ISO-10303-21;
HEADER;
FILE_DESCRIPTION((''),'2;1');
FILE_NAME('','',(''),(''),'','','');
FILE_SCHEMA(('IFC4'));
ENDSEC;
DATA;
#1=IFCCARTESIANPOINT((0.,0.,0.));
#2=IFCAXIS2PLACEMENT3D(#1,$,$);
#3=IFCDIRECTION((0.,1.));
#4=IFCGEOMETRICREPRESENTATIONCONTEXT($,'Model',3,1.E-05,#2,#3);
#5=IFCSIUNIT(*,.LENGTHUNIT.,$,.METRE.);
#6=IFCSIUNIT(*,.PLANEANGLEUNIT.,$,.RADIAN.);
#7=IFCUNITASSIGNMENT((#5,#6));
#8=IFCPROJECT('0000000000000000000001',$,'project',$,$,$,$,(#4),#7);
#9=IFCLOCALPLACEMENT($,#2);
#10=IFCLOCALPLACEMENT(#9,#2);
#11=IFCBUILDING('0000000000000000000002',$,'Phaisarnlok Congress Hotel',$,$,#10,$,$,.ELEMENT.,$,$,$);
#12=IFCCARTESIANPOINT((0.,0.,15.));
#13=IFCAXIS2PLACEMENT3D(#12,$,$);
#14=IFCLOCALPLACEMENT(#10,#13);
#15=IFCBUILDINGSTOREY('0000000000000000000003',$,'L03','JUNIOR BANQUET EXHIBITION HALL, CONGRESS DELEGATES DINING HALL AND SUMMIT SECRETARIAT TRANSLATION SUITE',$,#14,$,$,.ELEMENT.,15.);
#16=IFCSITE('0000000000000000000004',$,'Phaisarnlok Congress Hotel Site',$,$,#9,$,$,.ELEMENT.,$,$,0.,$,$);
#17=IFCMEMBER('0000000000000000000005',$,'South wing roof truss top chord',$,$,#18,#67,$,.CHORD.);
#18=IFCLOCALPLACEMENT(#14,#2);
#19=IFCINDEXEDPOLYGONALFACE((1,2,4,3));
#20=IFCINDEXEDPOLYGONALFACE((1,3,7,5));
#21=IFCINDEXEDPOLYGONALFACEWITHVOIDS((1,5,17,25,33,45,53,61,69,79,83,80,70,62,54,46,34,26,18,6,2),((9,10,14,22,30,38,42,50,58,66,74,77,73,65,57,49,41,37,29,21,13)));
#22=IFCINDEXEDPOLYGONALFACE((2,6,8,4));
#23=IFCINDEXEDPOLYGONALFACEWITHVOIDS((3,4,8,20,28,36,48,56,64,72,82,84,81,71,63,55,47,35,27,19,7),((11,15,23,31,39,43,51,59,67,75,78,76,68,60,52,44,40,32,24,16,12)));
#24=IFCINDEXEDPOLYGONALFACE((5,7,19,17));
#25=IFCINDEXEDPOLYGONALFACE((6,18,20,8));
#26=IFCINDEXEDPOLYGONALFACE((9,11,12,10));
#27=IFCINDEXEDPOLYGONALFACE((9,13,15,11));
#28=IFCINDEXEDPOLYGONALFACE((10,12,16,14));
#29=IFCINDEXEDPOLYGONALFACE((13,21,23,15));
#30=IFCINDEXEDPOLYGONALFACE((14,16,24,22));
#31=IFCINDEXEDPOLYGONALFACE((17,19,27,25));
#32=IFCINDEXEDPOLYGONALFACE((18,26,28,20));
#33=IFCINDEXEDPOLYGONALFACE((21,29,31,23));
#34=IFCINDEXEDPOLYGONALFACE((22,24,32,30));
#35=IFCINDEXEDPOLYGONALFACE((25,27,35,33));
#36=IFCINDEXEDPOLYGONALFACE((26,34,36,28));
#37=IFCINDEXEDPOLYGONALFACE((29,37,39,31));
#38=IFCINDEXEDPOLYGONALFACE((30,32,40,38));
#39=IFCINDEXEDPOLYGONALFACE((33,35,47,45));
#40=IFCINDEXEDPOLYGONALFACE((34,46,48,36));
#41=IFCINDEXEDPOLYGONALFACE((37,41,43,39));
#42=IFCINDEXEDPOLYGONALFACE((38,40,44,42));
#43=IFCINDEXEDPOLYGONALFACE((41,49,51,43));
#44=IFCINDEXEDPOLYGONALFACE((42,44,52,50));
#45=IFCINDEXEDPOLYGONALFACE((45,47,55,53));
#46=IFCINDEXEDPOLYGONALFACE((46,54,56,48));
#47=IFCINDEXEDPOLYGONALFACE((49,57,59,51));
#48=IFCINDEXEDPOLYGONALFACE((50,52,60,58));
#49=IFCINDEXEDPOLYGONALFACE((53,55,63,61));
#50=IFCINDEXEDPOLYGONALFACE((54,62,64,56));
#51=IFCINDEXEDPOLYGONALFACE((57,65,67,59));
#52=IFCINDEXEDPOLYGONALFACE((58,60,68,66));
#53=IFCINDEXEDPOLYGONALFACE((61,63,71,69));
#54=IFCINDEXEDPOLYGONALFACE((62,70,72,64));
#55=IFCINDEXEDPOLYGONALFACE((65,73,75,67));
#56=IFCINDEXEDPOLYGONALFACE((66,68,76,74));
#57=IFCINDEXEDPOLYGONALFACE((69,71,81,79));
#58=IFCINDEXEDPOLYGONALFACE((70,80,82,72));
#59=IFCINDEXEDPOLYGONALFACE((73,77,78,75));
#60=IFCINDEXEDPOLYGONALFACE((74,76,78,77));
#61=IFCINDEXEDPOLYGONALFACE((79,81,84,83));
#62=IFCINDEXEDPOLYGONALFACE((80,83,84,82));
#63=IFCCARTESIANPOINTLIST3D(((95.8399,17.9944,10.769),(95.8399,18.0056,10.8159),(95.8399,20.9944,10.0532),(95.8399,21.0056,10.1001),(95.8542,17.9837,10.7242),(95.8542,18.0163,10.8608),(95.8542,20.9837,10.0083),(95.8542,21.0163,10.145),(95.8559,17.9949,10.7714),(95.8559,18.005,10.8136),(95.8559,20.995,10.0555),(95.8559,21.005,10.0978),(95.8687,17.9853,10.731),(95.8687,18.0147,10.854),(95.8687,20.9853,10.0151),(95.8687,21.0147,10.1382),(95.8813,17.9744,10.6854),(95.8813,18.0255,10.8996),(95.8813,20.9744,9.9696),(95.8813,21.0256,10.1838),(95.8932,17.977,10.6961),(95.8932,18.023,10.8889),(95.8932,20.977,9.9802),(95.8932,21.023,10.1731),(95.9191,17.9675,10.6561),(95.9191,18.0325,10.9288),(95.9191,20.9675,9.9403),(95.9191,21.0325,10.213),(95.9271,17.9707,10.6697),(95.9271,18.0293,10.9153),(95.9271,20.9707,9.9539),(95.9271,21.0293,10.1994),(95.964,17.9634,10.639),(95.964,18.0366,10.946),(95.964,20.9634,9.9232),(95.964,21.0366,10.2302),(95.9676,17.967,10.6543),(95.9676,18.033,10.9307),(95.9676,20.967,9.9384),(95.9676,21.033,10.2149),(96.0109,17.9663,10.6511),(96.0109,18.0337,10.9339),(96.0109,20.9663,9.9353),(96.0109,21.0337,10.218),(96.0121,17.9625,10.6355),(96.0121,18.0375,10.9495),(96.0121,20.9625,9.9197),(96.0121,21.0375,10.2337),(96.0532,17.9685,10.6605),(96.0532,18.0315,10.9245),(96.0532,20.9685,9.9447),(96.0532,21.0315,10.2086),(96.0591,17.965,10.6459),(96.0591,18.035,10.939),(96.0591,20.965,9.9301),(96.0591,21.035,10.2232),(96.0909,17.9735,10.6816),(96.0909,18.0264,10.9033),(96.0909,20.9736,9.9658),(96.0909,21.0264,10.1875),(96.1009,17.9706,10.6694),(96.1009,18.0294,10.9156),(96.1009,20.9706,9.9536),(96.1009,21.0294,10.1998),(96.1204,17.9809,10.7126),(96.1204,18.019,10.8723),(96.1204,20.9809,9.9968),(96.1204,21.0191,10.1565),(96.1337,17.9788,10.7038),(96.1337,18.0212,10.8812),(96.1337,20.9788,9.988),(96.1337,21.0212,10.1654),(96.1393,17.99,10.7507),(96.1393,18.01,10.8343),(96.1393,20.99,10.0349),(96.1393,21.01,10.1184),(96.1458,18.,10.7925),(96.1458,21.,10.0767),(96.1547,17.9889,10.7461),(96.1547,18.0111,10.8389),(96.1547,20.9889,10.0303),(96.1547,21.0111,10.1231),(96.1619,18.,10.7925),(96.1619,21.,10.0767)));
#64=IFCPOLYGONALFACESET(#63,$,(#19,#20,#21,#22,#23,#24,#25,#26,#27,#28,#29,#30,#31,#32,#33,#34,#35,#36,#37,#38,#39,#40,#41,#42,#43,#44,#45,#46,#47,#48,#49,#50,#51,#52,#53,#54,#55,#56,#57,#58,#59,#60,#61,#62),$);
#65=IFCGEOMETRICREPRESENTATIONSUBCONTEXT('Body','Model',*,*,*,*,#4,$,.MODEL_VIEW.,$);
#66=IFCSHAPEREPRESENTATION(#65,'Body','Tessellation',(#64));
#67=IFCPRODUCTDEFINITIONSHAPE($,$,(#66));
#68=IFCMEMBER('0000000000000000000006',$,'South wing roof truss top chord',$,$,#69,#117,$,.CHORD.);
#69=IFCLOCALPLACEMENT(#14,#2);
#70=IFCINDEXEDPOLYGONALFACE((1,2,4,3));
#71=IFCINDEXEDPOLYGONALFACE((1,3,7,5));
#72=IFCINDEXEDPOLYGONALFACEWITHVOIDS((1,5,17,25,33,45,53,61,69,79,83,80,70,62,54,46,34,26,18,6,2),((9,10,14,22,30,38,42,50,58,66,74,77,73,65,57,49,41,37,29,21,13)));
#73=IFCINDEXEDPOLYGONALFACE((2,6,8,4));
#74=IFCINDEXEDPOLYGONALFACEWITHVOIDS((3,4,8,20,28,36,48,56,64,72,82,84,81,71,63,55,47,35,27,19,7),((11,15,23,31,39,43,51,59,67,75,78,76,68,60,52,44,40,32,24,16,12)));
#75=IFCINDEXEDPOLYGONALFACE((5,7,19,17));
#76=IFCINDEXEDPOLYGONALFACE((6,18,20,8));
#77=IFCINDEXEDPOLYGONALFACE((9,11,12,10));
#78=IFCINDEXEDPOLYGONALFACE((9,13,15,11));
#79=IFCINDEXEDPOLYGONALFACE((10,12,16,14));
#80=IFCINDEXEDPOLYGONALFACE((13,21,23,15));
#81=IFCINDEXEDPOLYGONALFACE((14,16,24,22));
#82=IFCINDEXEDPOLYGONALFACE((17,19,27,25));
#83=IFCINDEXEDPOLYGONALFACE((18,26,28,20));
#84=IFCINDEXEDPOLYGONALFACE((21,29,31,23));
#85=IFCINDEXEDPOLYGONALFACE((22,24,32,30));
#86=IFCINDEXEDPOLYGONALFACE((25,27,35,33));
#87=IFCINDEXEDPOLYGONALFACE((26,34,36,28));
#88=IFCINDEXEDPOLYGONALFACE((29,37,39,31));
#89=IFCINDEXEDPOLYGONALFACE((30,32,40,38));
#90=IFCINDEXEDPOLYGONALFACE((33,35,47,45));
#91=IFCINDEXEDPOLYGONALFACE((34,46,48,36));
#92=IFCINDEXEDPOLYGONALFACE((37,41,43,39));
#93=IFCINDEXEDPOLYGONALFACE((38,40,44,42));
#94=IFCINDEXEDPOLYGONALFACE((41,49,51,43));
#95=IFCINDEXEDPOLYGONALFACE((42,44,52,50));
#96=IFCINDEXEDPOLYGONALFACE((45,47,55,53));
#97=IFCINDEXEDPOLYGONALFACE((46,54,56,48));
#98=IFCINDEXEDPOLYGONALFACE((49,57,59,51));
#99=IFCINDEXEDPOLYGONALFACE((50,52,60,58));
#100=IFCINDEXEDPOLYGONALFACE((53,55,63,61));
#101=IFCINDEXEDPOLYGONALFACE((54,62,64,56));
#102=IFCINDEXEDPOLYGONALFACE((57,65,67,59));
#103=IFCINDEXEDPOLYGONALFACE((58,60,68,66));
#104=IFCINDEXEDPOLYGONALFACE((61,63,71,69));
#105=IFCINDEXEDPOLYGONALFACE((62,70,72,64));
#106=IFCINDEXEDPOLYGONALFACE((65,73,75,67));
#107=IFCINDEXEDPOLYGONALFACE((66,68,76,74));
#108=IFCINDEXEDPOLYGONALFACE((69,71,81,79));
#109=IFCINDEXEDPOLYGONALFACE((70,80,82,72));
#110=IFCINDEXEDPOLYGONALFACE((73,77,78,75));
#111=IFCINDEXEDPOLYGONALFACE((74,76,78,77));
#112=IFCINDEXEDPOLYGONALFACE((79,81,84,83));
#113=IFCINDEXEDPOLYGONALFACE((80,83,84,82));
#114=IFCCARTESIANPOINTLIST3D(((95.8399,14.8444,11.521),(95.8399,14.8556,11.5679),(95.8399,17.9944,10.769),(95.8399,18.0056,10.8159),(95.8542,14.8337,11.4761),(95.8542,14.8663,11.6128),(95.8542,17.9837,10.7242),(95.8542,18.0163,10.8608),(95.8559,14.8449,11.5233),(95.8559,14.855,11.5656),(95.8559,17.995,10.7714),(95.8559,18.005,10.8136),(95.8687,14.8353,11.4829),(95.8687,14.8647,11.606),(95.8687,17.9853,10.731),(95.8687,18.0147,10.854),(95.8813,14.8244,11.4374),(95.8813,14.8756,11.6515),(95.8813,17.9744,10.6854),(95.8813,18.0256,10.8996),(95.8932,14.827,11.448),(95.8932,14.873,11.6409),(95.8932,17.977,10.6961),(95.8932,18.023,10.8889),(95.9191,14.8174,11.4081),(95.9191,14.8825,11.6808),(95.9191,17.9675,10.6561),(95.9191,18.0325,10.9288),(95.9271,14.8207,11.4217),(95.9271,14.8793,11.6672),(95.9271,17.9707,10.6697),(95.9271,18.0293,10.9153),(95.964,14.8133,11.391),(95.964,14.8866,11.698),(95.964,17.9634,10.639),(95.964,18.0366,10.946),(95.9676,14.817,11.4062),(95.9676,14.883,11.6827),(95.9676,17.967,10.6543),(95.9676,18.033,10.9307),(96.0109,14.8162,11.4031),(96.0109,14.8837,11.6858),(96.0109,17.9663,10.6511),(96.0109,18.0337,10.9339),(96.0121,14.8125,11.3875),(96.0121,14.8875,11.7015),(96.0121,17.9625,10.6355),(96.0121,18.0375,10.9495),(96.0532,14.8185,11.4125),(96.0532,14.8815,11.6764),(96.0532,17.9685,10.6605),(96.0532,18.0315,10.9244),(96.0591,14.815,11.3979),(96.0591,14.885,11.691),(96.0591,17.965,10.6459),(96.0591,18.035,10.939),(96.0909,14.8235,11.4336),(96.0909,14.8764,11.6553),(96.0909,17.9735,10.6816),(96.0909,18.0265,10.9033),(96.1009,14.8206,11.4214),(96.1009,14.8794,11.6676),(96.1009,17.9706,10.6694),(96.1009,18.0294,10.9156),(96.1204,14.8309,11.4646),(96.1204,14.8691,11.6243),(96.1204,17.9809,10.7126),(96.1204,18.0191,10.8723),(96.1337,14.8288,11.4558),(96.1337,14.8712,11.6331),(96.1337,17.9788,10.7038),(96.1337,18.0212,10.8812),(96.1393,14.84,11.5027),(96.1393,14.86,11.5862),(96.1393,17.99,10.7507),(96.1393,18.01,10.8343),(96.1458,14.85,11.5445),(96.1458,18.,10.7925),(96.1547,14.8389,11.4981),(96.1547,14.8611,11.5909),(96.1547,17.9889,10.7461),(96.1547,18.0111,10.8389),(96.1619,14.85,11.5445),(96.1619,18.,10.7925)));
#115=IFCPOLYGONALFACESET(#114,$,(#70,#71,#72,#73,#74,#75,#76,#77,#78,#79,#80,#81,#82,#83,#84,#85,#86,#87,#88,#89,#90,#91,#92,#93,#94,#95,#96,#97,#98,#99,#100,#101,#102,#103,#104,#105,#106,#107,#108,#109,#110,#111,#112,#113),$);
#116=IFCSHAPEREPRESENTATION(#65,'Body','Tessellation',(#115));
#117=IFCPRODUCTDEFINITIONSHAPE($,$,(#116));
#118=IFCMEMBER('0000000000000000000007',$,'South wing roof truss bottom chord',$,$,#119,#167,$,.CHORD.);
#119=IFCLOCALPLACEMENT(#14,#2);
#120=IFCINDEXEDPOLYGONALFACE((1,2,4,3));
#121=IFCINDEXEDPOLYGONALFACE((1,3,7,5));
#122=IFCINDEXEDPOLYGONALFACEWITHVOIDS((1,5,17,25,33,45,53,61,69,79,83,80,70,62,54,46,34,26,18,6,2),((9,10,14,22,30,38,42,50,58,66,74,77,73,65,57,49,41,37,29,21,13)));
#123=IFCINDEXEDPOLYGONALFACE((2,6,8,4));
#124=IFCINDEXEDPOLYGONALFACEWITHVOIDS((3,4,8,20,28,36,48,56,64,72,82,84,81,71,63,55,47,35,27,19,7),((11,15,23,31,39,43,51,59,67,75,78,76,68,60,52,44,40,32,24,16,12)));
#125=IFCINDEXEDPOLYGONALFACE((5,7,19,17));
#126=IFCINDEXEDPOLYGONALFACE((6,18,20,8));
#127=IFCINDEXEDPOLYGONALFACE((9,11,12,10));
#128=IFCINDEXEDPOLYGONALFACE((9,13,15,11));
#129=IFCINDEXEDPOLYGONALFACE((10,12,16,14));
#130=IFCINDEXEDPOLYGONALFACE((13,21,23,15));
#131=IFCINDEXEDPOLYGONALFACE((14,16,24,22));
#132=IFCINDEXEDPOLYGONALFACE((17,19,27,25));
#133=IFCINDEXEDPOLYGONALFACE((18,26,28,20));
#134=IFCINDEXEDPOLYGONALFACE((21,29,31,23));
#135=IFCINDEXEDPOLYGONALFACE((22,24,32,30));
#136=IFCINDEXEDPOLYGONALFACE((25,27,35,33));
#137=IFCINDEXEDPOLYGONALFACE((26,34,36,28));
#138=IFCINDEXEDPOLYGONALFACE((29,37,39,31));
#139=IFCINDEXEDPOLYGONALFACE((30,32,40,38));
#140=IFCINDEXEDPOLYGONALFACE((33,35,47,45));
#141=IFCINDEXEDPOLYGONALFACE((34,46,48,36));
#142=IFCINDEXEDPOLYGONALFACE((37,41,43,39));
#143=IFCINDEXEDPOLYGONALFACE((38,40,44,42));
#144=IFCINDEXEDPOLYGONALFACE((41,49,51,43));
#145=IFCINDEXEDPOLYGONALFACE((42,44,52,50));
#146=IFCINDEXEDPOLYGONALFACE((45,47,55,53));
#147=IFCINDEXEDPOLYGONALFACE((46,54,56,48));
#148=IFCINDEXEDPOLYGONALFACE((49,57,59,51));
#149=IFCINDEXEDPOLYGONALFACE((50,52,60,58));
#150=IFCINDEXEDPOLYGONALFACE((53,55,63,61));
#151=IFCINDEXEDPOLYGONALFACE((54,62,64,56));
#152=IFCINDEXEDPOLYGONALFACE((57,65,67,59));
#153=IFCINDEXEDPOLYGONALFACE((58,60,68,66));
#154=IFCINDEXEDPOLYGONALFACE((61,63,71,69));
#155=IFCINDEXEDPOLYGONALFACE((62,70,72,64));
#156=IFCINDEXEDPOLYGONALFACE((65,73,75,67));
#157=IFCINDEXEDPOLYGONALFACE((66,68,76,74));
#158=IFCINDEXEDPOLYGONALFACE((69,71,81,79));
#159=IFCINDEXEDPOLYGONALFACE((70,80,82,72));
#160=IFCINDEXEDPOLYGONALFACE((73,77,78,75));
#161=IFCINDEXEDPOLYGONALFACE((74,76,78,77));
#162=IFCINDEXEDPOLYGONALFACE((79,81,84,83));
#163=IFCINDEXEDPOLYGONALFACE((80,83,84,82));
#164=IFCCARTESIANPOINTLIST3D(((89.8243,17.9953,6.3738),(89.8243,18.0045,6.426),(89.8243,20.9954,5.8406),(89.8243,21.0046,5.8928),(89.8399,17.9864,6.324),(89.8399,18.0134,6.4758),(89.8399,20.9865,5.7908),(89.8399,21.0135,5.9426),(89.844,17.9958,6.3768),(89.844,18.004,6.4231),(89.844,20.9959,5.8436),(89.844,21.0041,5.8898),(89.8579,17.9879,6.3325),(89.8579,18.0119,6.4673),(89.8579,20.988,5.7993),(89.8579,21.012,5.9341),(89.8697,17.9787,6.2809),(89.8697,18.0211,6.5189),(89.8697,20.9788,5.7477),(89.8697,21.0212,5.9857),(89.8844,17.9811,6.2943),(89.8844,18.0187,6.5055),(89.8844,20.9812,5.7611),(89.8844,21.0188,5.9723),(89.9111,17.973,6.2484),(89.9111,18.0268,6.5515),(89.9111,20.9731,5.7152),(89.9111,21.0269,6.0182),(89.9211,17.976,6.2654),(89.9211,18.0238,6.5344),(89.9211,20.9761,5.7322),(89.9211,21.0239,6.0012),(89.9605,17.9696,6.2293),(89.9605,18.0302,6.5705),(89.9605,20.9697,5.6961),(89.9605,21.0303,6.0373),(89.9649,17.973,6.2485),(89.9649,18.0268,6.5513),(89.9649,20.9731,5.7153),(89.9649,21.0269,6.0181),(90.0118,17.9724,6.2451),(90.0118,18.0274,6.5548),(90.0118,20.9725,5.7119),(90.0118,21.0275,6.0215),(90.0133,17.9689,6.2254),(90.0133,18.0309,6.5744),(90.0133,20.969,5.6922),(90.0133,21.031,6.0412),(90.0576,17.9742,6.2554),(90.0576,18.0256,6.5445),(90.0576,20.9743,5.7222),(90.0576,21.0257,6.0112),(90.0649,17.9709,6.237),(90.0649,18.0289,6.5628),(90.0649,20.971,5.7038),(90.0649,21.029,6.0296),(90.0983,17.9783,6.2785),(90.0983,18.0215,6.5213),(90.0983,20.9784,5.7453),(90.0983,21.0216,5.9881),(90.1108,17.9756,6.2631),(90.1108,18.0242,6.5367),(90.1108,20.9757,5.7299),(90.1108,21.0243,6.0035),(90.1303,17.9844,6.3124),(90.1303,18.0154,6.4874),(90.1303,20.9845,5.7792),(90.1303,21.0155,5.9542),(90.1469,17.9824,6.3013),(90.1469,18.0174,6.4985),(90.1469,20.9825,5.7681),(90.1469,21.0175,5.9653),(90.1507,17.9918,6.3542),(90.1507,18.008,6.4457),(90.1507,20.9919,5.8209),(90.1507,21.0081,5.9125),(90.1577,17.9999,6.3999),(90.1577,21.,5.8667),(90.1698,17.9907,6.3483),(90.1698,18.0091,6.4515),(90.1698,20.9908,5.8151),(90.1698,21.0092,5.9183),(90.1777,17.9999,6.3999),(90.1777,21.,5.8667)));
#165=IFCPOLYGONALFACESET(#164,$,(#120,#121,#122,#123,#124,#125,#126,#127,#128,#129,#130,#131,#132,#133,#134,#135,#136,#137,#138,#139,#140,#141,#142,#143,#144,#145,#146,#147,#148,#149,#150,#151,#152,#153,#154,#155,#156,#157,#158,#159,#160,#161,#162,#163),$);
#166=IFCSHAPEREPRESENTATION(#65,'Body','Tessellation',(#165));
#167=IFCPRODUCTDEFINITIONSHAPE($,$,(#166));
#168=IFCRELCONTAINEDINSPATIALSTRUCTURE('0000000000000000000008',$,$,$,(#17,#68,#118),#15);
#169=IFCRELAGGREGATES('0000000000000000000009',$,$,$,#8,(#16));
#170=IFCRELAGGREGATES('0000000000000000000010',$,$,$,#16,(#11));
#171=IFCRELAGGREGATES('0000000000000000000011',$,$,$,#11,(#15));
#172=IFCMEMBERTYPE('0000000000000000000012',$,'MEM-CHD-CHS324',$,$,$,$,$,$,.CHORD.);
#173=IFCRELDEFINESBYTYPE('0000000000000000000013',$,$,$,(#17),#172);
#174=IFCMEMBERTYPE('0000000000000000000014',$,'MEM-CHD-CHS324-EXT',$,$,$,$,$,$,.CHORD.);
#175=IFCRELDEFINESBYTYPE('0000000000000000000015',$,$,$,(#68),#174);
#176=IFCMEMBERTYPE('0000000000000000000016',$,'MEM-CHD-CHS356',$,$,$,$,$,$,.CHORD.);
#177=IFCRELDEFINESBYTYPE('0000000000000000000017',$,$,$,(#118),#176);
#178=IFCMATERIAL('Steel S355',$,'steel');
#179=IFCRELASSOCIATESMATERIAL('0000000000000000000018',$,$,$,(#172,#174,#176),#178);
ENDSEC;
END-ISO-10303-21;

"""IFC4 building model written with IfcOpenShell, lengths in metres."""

from ifc_helpers import new_model, si_unit, direction, frame, origin, origin_2d, place, context, subcontext, project, spatial, hollow_circle, extrude, material, material_profile, profile_set, type_object, element, save


model = new_model("IFC4")

# Units and contexts
model_context = context("Model", 3, precision=1e-05, world=origin(), true_north=direction((0.0, 1.0)))
body_context = subcontext(model_context, "Body", "Model", "MODEL_VIEW")
ifc_project = project(units=[si_unit("LENGTHUNIT", "METRE"), si_unit("PLANEANGLEUNIT", "RADIAN")], contexts=[model_context])

# Site, building, storey
site_placement = place(None, origin())
site = spatial("IfcSite", under=ifc_project, at=site_placement, Name="Phaisarnlok Congress Hotel Site", CompositionType="ELEMENT", RefElevation=0.0)
building_placement = place(site_placement, origin())
building = spatial("IfcBuilding", under=site, at=building_placement, Name="Phaisarnlok Congress Hotel", CompositionType="ELEMENT")
storey_placement = place(building_placement, frame((0.0, 0.0, 15.0)))
storey = spatial("IfcBuildingStorey", under=building, at=storey_placement, Name="L03", Description="JUNIOR BANQUET EXHIBITION HALL, CONGRESS DELEGATES DINING HALL AND SUMMIT SECRETARIAT TRANSLATION SUITE", CompositionType="ELEMENT", Elevation=15.0)

# Shared definitions
ifc_material_1 = material(Name="Steel S355", Category="steel")

# Members
ifc_material_profile_1 = material_profile(ifc_material_1, hollow_circle(Radius=0.1619, WallThickness=0.0161, at=origin_2d()), Name="CHS 323.9x16")
ifc_profile_set_1 = profile_set([ifc_material_profile_1], Name="Steel S355")
member_type_1 = type_object("IfcMemberType", Name="MEM-CHD-CHS324", PredefinedType="CHORD", material=ifc_profile_set_1)
for number, where, z_axis, x_axis, name in (
    (1, (96.0, 21.0, 10.0767), (0.0, -0.972694, 0.232091), (1.0, 0.0, 0.0), "South wing roof truss top chord"),
):
    element("IfcMember", number, at=place(storey_placement, frame(where, z_axis=z_axis, x_axis=x_axis)), inside=storey, type_object=member_type_1, Name=name, PredefinedType="CHORD", context=body_context, shape_type="SweptSolid", body=[
        extrude(hollow_circle(Radius=0.1619, WallThickness=0.0161, at=origin_2d()), origin(), (0.0, 0.0, 1.0), 3.0842),
    ])
ifc_material_profile_2 = material_profile(ifc_material_1, hollow_circle(Radius=0.1619, WallThickness=0.0161, at=origin_2d()), Name="CHS 323.9x16")
ifc_profile_set_2 = profile_set([ifc_material_profile_2], Name="Steel S355")
member_type_2 = type_object("IfcMemberType", Name="MEM-CHD-CHS324-EXT", PredefinedType="CHORD", material=ifc_profile_set_2)
member_1_placement = place(storey_placement, frame((96.0, 18.0, 10.7925), z_axis=(0.0, -0.972669, 0.232198), x_axis=(1.0, 0.0, 0.0)))
element("IfcMember", 2, at=member_1_placement, inside=storey, type_object=member_type_2, Name="South wing roof truss top chord", PredefinedType="CHORD", context=body_context, shape_type="SweptSolid", body=[
    extrude(hollow_circle(Radius=0.1619, WallThickness=0.0161, at=origin_2d()), origin(), (0.0, 0.0, 1.0), 3.2385),
])
ifc_material_profile_3 = material_profile(ifc_material_1, hollow_circle(Radius=0.1777, WallThickness=0.02, at=origin_2d()), Name="CHS 355.6x20")
ifc_profile_set_3 = profile_set([ifc_material_profile_3], Name="Steel S355")
member_type_3 = type_object("IfcMemberType", Name="MEM-CHD-CHS356", PredefinedType="CHORD", material=ifc_profile_set_3)
for number, where, z_axis, x_axis, name in (
    (3, (90.0, 21.0, 5.8667), (0.0, -0.98457, 0.174992), (1.0, 0.0, 0.0), "South wing roof truss bottom chord"),
):
    element("IfcMember", number, at=place(storey_placement, frame(where, z_axis=z_axis, x_axis=x_axis)), inside=storey, type_object=member_type_3, Name=name, PredefinedType="CHORD", context=body_context, shape_type="SweptSolid", body=[
        extrude(hollow_circle(Radius=0.1777, WallThickness=0.02, at=origin_2d()), origin(), (0.0, 0.0, 1.0), 3.0471),
    ])

save(model, "model.ifc")
